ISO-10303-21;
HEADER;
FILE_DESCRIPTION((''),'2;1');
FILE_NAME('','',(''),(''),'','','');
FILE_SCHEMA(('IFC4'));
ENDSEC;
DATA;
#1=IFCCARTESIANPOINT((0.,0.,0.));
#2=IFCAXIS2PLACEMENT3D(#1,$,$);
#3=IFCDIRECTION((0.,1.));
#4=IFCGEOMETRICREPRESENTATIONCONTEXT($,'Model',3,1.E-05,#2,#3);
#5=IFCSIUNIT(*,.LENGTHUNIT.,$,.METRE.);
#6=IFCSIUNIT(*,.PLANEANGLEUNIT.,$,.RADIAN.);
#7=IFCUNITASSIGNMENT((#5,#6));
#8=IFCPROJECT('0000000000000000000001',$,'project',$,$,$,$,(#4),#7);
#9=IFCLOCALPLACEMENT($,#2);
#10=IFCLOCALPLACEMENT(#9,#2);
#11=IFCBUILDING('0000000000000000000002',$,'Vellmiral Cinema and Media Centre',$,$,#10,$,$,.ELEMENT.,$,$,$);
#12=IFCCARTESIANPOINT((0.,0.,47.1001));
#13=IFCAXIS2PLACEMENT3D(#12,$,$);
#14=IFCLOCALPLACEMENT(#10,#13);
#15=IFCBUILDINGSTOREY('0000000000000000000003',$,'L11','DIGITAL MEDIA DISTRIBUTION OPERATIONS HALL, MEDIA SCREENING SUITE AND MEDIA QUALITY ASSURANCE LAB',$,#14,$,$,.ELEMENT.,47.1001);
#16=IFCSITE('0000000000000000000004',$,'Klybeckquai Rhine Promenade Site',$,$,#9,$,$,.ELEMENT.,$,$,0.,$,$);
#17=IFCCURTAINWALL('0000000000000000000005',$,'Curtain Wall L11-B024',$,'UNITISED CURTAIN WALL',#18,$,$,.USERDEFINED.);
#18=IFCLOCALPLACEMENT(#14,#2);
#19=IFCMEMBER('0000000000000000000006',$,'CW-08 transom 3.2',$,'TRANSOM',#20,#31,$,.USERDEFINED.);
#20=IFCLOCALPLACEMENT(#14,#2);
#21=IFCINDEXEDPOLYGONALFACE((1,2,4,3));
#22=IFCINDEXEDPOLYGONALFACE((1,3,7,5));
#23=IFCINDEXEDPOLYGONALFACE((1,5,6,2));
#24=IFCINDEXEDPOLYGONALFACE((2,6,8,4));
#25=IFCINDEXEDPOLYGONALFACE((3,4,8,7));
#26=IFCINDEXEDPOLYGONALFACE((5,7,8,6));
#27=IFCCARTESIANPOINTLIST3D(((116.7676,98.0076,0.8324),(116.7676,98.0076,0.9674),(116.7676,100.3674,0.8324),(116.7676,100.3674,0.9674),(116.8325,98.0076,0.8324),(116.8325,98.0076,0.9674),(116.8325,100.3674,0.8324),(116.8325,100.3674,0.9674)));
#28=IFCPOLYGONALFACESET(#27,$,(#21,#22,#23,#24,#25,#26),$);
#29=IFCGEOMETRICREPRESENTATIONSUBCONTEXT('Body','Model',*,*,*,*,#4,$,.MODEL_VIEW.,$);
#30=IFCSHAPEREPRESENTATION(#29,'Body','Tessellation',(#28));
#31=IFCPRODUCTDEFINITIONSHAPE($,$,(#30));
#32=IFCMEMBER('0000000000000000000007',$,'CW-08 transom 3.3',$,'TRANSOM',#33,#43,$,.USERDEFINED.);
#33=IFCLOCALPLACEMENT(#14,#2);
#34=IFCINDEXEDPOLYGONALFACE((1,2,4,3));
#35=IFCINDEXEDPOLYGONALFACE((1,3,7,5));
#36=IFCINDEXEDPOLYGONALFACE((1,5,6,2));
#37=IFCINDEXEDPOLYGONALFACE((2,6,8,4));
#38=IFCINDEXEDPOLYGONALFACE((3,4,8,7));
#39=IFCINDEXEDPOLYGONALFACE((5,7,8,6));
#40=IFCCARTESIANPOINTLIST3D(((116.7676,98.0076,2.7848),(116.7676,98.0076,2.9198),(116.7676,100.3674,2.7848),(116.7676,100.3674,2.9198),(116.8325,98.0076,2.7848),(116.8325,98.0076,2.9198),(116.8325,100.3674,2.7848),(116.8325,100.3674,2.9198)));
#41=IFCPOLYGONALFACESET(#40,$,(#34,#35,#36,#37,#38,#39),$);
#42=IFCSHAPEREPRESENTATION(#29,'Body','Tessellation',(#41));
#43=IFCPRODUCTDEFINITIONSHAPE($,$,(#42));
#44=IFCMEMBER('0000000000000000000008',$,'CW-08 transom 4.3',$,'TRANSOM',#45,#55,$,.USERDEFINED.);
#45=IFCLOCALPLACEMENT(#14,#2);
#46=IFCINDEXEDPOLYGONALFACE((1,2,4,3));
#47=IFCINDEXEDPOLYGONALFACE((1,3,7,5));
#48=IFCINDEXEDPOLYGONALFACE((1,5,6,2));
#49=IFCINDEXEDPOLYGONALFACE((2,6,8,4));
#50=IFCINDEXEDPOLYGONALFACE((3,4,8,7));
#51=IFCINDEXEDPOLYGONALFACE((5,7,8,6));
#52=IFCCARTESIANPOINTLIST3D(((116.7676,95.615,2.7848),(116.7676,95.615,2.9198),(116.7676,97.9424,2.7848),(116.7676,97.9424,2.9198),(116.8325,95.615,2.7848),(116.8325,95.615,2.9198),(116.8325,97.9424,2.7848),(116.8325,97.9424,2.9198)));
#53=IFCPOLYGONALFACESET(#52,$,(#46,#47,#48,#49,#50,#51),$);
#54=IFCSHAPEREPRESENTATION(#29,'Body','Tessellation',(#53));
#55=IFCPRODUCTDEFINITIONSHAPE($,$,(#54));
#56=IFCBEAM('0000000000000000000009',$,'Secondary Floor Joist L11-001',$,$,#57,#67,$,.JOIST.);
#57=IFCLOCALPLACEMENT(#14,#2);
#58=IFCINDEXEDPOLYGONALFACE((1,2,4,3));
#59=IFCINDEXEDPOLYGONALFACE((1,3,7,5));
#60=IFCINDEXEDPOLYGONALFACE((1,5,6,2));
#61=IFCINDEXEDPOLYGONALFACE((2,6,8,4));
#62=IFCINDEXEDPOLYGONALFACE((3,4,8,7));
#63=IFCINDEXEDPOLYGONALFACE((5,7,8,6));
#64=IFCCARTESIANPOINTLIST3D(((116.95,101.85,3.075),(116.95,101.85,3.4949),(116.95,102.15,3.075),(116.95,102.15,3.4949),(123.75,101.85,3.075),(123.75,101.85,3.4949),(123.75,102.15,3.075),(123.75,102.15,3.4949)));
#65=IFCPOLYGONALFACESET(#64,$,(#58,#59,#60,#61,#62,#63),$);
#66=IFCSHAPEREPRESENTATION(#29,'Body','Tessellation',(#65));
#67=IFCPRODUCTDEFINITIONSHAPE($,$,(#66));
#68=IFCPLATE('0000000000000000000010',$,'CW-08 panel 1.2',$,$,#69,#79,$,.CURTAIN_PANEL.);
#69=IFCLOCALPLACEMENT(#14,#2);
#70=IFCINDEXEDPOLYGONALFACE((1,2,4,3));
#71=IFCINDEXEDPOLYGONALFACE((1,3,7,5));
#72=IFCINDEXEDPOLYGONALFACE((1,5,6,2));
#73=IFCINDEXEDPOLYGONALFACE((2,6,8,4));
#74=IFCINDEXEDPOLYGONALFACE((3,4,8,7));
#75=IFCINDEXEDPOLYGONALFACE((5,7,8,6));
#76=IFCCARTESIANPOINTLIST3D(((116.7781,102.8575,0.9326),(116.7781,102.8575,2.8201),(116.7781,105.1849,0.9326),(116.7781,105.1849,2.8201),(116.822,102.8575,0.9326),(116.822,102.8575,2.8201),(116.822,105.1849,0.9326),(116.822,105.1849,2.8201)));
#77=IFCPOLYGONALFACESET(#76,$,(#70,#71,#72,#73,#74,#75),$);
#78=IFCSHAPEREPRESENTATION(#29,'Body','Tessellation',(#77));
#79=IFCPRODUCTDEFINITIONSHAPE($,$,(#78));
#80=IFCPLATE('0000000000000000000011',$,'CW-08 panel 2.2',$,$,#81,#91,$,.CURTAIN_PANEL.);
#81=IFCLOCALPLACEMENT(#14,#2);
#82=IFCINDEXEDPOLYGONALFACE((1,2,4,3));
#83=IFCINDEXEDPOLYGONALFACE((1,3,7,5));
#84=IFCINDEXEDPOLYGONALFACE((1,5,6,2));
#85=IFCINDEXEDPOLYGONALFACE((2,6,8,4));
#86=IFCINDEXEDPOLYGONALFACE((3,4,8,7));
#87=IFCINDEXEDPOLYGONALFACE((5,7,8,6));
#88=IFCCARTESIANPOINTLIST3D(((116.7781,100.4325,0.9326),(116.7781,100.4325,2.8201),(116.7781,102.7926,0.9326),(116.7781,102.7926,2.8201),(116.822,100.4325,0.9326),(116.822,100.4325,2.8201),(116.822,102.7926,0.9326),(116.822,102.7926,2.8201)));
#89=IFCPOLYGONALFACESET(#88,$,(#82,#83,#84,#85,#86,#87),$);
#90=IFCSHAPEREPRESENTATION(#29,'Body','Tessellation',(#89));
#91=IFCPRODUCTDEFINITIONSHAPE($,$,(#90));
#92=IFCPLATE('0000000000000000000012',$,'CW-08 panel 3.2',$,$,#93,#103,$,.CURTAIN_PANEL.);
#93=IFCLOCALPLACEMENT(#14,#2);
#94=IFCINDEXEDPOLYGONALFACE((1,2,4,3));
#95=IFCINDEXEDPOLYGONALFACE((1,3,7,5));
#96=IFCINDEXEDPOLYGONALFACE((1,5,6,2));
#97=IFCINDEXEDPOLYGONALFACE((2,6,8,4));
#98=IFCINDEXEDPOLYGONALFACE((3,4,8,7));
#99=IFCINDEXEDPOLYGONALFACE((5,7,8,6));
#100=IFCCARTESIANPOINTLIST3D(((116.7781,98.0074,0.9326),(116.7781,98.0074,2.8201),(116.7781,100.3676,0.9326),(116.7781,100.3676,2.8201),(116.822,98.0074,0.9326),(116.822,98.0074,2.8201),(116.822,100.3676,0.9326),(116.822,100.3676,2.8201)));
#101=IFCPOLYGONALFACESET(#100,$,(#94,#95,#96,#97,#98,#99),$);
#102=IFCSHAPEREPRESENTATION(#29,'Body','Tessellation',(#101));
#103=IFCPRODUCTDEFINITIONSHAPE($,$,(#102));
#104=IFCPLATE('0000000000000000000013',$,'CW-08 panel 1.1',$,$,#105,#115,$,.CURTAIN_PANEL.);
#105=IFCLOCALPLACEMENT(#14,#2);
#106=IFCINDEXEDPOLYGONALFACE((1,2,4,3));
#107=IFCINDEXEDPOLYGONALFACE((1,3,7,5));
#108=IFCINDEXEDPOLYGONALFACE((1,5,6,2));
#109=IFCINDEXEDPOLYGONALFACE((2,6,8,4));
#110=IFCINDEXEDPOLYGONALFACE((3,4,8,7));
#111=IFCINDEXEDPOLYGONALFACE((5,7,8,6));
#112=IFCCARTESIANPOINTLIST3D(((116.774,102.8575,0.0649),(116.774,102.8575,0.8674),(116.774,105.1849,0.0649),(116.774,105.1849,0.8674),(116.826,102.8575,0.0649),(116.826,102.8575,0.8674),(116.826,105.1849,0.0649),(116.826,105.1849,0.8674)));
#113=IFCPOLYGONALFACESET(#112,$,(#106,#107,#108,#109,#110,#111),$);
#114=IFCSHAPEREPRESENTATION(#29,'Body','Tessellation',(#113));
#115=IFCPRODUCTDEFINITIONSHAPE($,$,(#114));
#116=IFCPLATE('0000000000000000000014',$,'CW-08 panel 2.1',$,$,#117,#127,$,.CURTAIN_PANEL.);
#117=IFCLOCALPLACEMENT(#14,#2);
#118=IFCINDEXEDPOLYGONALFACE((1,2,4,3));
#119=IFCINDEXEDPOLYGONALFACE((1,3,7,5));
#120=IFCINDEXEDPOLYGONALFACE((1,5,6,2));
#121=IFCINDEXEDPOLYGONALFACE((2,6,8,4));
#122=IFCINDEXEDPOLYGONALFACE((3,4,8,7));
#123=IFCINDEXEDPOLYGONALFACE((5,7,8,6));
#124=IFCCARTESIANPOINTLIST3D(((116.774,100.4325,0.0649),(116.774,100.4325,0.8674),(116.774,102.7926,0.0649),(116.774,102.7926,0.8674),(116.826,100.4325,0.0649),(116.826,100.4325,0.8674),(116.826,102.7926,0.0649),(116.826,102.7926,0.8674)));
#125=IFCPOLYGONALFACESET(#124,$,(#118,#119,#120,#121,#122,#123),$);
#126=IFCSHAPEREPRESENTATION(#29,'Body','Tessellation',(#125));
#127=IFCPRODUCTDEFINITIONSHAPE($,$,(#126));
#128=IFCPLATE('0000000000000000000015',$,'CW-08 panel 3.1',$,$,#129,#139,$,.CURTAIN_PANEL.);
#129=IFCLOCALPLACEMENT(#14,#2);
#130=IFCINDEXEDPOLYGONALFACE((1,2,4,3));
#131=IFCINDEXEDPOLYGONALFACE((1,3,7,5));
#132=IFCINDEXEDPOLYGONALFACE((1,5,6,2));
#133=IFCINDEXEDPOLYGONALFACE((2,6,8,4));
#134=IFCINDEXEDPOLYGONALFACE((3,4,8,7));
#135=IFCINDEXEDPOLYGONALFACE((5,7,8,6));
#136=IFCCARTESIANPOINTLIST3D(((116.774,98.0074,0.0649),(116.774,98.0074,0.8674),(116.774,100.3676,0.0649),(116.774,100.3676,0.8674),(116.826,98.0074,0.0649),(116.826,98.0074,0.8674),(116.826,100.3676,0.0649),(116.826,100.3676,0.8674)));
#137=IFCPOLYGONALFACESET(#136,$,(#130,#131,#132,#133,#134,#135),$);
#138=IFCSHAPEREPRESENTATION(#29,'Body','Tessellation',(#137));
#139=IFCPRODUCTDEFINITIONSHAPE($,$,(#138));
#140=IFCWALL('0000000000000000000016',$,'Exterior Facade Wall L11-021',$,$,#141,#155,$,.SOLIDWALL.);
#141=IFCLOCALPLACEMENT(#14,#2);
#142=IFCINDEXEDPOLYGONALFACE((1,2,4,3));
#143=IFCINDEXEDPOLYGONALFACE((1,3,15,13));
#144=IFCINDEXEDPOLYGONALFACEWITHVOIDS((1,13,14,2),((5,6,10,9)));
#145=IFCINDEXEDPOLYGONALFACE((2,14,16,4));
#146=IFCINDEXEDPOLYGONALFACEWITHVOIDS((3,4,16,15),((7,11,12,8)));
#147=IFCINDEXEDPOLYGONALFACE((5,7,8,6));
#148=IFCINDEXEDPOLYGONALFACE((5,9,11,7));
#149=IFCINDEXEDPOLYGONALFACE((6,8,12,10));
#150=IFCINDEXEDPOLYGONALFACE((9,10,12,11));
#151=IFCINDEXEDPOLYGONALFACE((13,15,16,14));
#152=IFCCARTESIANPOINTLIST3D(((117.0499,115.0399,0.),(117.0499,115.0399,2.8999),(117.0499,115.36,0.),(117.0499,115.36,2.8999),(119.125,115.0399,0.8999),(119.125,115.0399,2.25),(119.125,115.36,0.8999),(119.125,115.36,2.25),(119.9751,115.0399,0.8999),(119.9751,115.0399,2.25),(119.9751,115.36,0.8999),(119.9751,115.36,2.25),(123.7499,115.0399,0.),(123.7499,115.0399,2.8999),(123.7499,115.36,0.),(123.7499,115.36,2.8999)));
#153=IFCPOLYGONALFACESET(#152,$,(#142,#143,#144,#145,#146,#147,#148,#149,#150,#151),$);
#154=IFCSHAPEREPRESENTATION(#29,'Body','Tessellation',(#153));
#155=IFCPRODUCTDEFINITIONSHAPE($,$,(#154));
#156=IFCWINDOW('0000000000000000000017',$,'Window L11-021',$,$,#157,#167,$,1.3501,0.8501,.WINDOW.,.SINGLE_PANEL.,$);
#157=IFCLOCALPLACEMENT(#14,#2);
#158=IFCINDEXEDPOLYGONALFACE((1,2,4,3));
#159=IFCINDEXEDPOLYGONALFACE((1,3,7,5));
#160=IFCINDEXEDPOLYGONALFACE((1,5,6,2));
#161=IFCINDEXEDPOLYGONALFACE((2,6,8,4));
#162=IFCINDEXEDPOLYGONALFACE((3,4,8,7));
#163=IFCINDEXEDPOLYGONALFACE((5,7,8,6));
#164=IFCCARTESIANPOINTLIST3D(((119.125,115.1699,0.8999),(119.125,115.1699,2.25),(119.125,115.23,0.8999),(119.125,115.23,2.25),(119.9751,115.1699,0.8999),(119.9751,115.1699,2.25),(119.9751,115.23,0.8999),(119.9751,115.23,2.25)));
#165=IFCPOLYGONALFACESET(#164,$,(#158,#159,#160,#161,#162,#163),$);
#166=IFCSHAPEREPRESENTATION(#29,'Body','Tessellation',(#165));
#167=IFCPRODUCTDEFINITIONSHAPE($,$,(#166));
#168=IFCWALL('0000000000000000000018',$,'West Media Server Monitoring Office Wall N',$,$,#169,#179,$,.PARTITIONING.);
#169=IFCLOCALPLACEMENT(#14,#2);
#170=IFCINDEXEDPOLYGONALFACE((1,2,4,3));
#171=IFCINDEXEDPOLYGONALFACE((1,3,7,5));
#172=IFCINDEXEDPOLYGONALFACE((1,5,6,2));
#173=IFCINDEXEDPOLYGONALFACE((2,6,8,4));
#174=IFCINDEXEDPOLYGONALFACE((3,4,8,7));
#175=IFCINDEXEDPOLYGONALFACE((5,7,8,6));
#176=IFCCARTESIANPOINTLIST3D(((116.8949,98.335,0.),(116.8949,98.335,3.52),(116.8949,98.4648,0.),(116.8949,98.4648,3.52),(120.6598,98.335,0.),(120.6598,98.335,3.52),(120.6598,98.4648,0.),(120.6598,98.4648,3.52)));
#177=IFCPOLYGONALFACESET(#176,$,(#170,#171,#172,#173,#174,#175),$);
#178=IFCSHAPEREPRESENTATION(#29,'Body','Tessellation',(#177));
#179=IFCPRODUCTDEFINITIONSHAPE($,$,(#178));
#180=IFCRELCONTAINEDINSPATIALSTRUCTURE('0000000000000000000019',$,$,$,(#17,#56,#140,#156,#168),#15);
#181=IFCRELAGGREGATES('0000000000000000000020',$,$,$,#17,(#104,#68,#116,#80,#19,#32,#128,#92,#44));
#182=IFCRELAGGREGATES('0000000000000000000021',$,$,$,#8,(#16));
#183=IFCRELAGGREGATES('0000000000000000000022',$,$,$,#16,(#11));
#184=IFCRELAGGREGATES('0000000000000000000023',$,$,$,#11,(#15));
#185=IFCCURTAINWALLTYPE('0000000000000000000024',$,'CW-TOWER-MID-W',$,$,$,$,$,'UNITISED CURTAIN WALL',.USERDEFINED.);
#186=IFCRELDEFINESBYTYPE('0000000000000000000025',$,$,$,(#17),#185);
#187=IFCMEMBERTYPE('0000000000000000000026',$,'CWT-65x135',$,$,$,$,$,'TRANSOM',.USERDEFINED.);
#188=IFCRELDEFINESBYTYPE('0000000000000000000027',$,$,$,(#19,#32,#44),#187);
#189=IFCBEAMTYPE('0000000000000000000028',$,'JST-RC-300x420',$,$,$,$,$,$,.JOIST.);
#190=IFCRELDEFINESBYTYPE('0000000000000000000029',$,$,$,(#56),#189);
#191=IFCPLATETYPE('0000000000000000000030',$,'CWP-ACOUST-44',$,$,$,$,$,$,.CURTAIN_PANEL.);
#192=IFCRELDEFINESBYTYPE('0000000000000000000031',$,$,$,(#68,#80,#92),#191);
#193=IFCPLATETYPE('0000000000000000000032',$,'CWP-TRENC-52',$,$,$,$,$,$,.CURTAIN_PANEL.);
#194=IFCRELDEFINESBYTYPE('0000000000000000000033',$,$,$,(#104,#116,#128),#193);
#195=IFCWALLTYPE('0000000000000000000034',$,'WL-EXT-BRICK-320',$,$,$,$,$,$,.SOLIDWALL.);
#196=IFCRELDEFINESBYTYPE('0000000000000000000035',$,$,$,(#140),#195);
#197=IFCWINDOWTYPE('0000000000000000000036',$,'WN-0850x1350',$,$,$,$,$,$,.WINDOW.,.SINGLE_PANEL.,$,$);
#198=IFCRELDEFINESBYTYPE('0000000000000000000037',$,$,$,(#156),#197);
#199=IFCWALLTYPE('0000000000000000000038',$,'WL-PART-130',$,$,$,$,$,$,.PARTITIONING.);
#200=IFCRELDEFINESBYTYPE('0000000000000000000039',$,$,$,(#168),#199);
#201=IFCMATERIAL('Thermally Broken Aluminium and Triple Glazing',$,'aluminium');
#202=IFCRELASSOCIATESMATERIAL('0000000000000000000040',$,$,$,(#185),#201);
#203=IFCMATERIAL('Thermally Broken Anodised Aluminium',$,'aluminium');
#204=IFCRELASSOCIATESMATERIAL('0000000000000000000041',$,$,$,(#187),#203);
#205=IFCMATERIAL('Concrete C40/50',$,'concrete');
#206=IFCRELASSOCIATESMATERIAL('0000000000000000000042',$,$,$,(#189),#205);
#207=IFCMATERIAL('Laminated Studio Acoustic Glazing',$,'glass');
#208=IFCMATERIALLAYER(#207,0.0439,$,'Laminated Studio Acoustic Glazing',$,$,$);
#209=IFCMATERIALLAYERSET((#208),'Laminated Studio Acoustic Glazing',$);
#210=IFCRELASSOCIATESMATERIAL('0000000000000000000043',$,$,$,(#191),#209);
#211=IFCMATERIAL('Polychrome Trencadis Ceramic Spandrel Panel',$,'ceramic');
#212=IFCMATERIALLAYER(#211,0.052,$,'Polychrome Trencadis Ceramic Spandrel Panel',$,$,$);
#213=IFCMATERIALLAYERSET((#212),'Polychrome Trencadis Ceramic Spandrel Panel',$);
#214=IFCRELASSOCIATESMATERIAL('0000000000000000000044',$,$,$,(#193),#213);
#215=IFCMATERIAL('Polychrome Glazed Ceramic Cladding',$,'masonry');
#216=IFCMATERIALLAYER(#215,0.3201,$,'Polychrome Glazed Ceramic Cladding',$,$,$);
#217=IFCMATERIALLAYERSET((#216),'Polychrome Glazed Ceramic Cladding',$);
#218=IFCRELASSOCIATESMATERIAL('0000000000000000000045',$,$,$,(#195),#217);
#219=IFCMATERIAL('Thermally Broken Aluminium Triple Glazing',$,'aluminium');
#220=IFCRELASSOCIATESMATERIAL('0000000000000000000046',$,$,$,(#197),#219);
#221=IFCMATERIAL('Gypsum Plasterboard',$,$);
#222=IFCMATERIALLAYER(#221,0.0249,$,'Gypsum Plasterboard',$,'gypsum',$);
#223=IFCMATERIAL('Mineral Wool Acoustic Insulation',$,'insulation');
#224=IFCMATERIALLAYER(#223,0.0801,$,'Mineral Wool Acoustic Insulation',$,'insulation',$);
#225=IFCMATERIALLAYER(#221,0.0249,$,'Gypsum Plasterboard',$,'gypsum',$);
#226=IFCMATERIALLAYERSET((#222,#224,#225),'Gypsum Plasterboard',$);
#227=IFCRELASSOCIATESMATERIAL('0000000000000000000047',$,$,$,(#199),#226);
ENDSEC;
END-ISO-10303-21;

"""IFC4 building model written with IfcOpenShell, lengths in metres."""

from ifc_helpers import new_model, si_unit, direction, frame, frame_2d, origin, origin_2d, place, context, subcontext, project, spatial, rectangle, extrude, material, layer, layer_set, material_profile, profile_set, type_object, element, fill, aggregate, save


model = new_model("IFC4")

# Units and contexts
model_context = context("Model", 3, precision=1e-05, world=origin(), true_north=direction((0.0, 1.0)))
body_context = subcontext(model_context, "Body", "Model", "MODEL_VIEW")
ifc_project = project(units=[si_unit("LENGTHUNIT", "METRE"), si_unit("PLANEANGLEUNIT", "RADIAN")], contexts=[model_context])

# Site, building, storey
site_placement = place(None, origin())
site = spatial("IfcSite", under=ifc_project, at=site_placement, Name="Klybeckquai Rhine Promenade Site", CompositionType="ELEMENT", RefElevation=0.0)
building_placement = place(site_placement, origin())
building = spatial("IfcBuilding", under=site, at=building_placement, Name="Vellmiral Cinema and Media Centre", CompositionType="ELEMENT")
storey_placement = place(building_placement, frame((0.0, 0.0, 47.1001)))
storey = spatial("IfcBuildingStorey", under=building, at=storey_placement, Name="L11", Description="DIGITAL MEDIA DISTRIBUTION OPERATIONS HALL, MEDIA SCREENING SUITE AND MEDIA QUALITY ASSURANCE LAB", CompositionType="ELEMENT", Elevation=47.1001)

# Curtain wall, members
ifc_material_1 = material(Name="Thermally Broken Aluminium and Triple Glazing", Category="aluminium")
curtain_wall_type = type_object("IfcCurtainWallType", Name="CW-TOWER-MID-W", ElementType="UNITISED CURTAIN WALL", PredefinedType="USERDEFINED", material=ifc_material_1)
curtain_wall_placement = place(storey_placement, origin())
curtain_wall = element("IfcCurtainWall", 1, at=curtain_wall_placement, inside=storey, type_object=curtain_wall_type, Name="Curtain Wall L11-B024", ObjectType="UNITISED CURTAIN WALL", PredefinedType="USERDEFINED")
ifc_material_2 = material(Name="Thermally Broken Anodised Aluminium", Category="aluminium")
ifc_material_profile_1 = material_profile(ifc_material_2, rectangle(XDim=0.0649, YDim=0.135, at=origin_2d()), Name="MULL 65x135")
ifc_profile_set_1 = profile_set([ifc_material_profile_1], Name="Thermally Broken Anodised Aluminium")
member_type_1 = type_object("IfcMemberType", Name="CWT-65x135", ElementType="TRANSOM", PredefinedType="USERDEFINED", material=ifc_profile_set_1)
member_1_placement = place(storey_placement, frame((116.8, 100.3674, 0.8999), z_axis=(0.0, -1.0, 0.0), x_axis=(1.0, 0.0, 0.0)))
member_1 = element("IfcMember", 2, at=member_1_placement, type_object=member_type_1, Name="CW-08 transom 3.2", ObjectType="TRANSOM", PredefinedType="USERDEFINED", context=body_context, shape_type="SweptSolid", body=[
    extrude(rectangle(XDim=0.0649, YDim=0.135, at=origin_2d()), origin(), (0.0, 0.0, 1.0), 2.3599),
])
member_2_placement = place(storey_placement, frame((116.8, 100.3674, 2.8523), z_axis=(0.0, -1.0, 0.0), x_axis=(1.0, 0.0, 0.0)))
member_2 = element("IfcMember", 3, at=member_2_placement, type_object=member_type_1, Name="CW-08 transom 3.3", ObjectType="TRANSOM", PredefinedType="USERDEFINED", context=body_context, shape_type="SweptSolid", body=[
    extrude(rectangle(XDim=0.0649, YDim=0.135, at=origin_2d()), origin(), (0.0, 0.0, 1.0), 2.3599),
])
member_3_placement = place(storey_placement, frame((116.8, 97.9424, 2.8523), z_axis=(0.0, -1.0, 0.0), x_axis=(1.0, 0.0, 0.0)))
member_3 = element("IfcMember", 4, at=member_3_placement, type_object=member_type_1, Name="CW-08 transom 4.3", ObjectType="TRANSOM", PredefinedType="USERDEFINED", context=body_context, shape_type="SweptSolid", body=[
    extrude(rectangle(XDim=0.0649, YDim=0.135, at=origin_2d()), origin(), (0.0, 0.0, 1.0), 2.3274),
])

# Beam
ifc_material_3 = material(Name="Concrete C40/50", Category="concrete")
ifc_material_profile_2 = material_profile(ifc_material_3, rectangle(XDim=0.3, YDim=0.4199, at=origin_2d()), Name="RC 300x420")
ifc_profile_set_2 = profile_set([ifc_material_profile_2], Name="Concrete C40/50")
beam_type = type_object("IfcBeamType", Name="JST-RC-300x420", PredefinedType="JOIST", material=ifc_profile_set_2)
beam_placement = place(storey_placement, frame((116.95, 102.0, 3.2849), z_axis=(1.0, 0.0, 0.0), x_axis=(0.0, 1.0, 0.0)))
element("IfcBeam", 5, at=beam_placement, inside=storey, type_object=beam_type, Name="Secondary Floor Joist L11-001", PredefinedType="JOIST", context=body_context, shape_type="SweptSolid", body=[
    extrude(rectangle(XDim=0.3, YDim=0.4199, at=origin_2d()), origin(), (0.0, 0.0, 1.0), 6.8),
])

# Plates
ifc_material_4 = material(Name="Laminated Studio Acoustic Glazing", Category="glass")
ifc_layer_1 = layer(ifc_material_4, 0.0439, Name="Laminated Studio Acoustic Glazing")
ifc_layer_set_1 = layer_set([ifc_layer_1], Name="Laminated Studio Acoustic Glazing")
plate_type_1 = type_object("IfcPlateType", Name="CWP-ACOUST-44", PredefinedType="CURTAIN_PANEL", material=ifc_layer_set_1)
plate_1_placement = place(storey_placement, frame((116.8, 104.0212, 0.9326), z_axis=(0.0, 0.0, 1.0), x_axis=(0.0, -1.0, 0.0)))
plate_1 = element("IfcPlate", 6, at=plate_1_placement, type_object=plate_type_1, Name="CW-08 panel 1.2", PredefinedType="CURTAIN_PANEL", context=body_context, shape_type="SweptSolid", body=[
    extrude(rectangle(XDim=2.3274, YDim=0.0439, at=origin_2d()), origin(), (0.0, 0.0, 1.0), 1.8875),
])
plate_2_placement = place(storey_placement, frame((116.8, 101.6125, 0.9326), z_axis=(0.0, 0.0, 1.0), x_axis=(0.0, -1.0, 0.0)))
plate_2 = element("IfcPlate", 7, at=plate_2_placement, type_object=plate_type_1, Name="CW-08 panel 2.2", PredefinedType="CURTAIN_PANEL", context=body_context, shape_type="SweptSolid", body=[
    extrude(rectangle(XDim=2.3601, YDim=0.0439, at=origin_2d()), origin(), (0.0, 0.0, 1.0), 1.8875),
])
plate_3_placement = place(storey_placement, frame((116.8, 99.1875, 0.9326), z_axis=(0.0, 0.0, 1.0), x_axis=(0.0, -1.0, 0.0)))
plate_3 = element("IfcPlate", 8, at=plate_3_placement, type_object=plate_type_1, Name="CW-08 panel 3.2", PredefinedType="CURTAIN_PANEL", context=body_context, shape_type="SweptSolid", body=[
    extrude(rectangle(XDim=2.3601, YDim=0.0439, at=origin_2d()), origin(), (0.0, 0.0, 1.0), 1.8875),
])
ifc_material_5 = material(Name="Polychrome Trencadis Ceramic Spandrel Panel", Category="ceramic")
ifc_layer_2 = layer(ifc_material_5, 0.052, Name="Polychrome Trencadis Ceramic Spandrel Panel")
ifc_layer_set_2 = layer_set([ifc_layer_2], Name="Polychrome Trencadis Ceramic Spandrel Panel")
plate_type_2 = type_object("IfcPlateType", Name="CWP-TRENC-52", PredefinedType="CURTAIN_PANEL", material=ifc_layer_set_2)
plate_4_placement = place(storey_placement, frame((116.8, 104.0212, 0.0649), z_axis=(0.0, 0.0, 1.0), x_axis=(0.0, -1.0, 0.0)))
plate_4 = element("IfcPlate", 9, at=plate_4_placement, type_object=plate_type_2, Name="CW-08 panel 1.1", PredefinedType="CURTAIN_PANEL", context=body_context, shape_type="SweptSolid", body=[
    extrude(rectangle(XDim=2.3274, YDim=0.052, at=origin_2d()), origin(), (0.0, 0.0, 1.0), 0.8025),
])
plate_5_placement = place(storey_placement, frame((116.8, 101.6125, 0.0649), z_axis=(0.0, 0.0, 1.0), x_axis=(0.0, -1.0, 0.0)))
plate_5 = element("IfcPlate", 10, at=plate_5_placement, type_object=plate_type_2, Name="CW-08 panel 2.1", PredefinedType="CURTAIN_PANEL", context=body_context, shape_type="SweptSolid", body=[
    extrude(rectangle(XDim=2.3601, YDim=0.052, at=origin_2d()), origin(), (0.0, 0.0, 1.0), 0.8025),
])
plate_6_placement = place(storey_placement, frame((116.8, 99.1875, 0.0649), z_axis=(0.0, 0.0, 1.0), x_axis=(0.0, -1.0, 0.0)))
plate_6 = element("IfcPlate", 11, at=plate_6_placement, type_object=plate_type_2, Name="CW-08 panel 3.1", PredefinedType="CURTAIN_PANEL", context=body_context, shape_type="SweptSolid", body=[
    extrude(rectangle(XDim=2.3601, YDim=0.052, at=origin_2d()), origin(), (0.0, 0.0, 1.0), 0.8025),
])
aggregate(curtain_wall, [plate_4, plate_1, plate_5, plate_2, member_1, member_2, plate_6, plate_3, member_3])

# Wall, opening, window
ifc_material_6 = material(Name="Polychrome Glazed Ceramic Cladding", Category="masonry")
ifc_layer_3 = layer(ifc_material_6, 0.3201, Name="Polychrome Glazed Ceramic Cladding")
ifc_layer_set_3 = layer_set([ifc_layer_3], Name="Polychrome Glazed Ceramic Cladding")
wall_type_1 = type_object("IfcWallType", Name="WL-EXT-BRICK-320", PredefinedType="SOLIDWALL", material=ifc_layer_set_3)
wall_1_placement = place(storey_placement, frame((123.75, 115.2, 0.0), z_axis=(0.0, 0.0, 1.0), x_axis=(-1.0, 0.0, 0.0)))
wall_1 = element("IfcWall", 12, at=wall_1_placement, inside=storey, type_object=wall_type_1, Name="Exterior Facade Wall L11-021", PredefinedType="SOLIDWALL", context=body_context, shape_type="SweptSolid", body=[
    extrude(rectangle(XDim=6.7, YDim=0.3201, at=frame_2d((3.3501, 0.0))), origin(), (0.0, 0.0, 1.0), 2.8999),
])
opening_1_placement = place(wall_1_placement, frame((3.7749, 0.0, 0.8999)))
opening_1 = element("IfcOpeningElement", 13, at=opening_1_placement, cuts=wall_1, PredefinedType="OPENING", context=body_context, shape_type="SweptSolid", body=[
    extrude(rectangle(XDim=0.8501, YDim=1.3501, at=frame_2d((0.425, 0.675))), frame((0.0, 0.1719, 0.0), z_axis=(0.0, -1.0, 0.0), x_axis=(1.0, 0.0, 0.0)), (0.0, 0.0, 1.0), 0.344),
])
ifc_material_7 = material(Name="Thermally Broken Aluminium Triple Glazing", Category="aluminium")
window_type = type_object("IfcWindowType", Name="WN-0850x1350", PartitioningType="SINGLE_PANEL", PredefinedType="WINDOW", material=ifc_material_7)
window_placement = place(opening_1_placement, origin())
window = element("IfcWindow", 14, at=window_placement, inside=storey, type_object=window_type, Name="Window L11-021", OverallHeight=1.3501, OverallWidth=0.8501, PartitioningType="SINGLE_PANEL", PredefinedType="WINDOW", context=body_context, shape_type="SweptSolid", body=[
    extrude(rectangle(XDim=0.8501, YDim=1.3501, at=frame_2d((0.425, 0.675))), frame((0.0, 0.03, 0.0), z_axis=(0.0, -1.0, 0.0), x_axis=(1.0, 0.0, 0.0)), (0.0, 0.0, 1.0), 0.0601),
])
fill(opening_1, window)

# Wall
ifc_material_8 = material(Name="Gypsum Plasterboard")
ifc_layer_4 = layer(ifc_material_8, 0.0249, Name="Gypsum Plasterboard", Category="gypsum")
ifc_material_9 = material(Name="Mineral Wool Acoustic Insulation", Category="insulation")
ifc_layer_5 = layer(ifc_material_9, 0.0801, Name="Mineral Wool Acoustic Insulation", Category="insulation")
ifc_layer_6 = layer(ifc_material_8, 0.0249, Name="Gypsum Plasterboard", Category="gypsum")
ifc_layer_set_4 = layer_set([ifc_layer_4, ifc_layer_5, ifc_layer_6], Name="Gypsum Plasterboard")
wall_type_2 = type_object("IfcWallType", Name="WL-PART-130", PredefinedType="PARTITIONING", material=ifc_layer_set_4)
wall_2_placement = place(storey_placement, frame((116.895, 98.3999, 0.0), z_axis=(0.0, 0.0, 1.0), x_axis=(1.0, 0.0, 0.0)))
element("IfcWall", 15, at=wall_2_placement, inside=storey, type_object=wall_type_2, Name="West Media Server Monitoring Office Wall N", PredefinedType="PARTITIONING", context=body_context, shape_type="SweptSolid", body=[
    extrude(rectangle(XDim=3.7649, YDim=0.1299, at=frame_2d((1.8823, 0.0))), origin(), (0.0, 0.0, 1.0), 3.52),
])

save(model, "model.ifc")
